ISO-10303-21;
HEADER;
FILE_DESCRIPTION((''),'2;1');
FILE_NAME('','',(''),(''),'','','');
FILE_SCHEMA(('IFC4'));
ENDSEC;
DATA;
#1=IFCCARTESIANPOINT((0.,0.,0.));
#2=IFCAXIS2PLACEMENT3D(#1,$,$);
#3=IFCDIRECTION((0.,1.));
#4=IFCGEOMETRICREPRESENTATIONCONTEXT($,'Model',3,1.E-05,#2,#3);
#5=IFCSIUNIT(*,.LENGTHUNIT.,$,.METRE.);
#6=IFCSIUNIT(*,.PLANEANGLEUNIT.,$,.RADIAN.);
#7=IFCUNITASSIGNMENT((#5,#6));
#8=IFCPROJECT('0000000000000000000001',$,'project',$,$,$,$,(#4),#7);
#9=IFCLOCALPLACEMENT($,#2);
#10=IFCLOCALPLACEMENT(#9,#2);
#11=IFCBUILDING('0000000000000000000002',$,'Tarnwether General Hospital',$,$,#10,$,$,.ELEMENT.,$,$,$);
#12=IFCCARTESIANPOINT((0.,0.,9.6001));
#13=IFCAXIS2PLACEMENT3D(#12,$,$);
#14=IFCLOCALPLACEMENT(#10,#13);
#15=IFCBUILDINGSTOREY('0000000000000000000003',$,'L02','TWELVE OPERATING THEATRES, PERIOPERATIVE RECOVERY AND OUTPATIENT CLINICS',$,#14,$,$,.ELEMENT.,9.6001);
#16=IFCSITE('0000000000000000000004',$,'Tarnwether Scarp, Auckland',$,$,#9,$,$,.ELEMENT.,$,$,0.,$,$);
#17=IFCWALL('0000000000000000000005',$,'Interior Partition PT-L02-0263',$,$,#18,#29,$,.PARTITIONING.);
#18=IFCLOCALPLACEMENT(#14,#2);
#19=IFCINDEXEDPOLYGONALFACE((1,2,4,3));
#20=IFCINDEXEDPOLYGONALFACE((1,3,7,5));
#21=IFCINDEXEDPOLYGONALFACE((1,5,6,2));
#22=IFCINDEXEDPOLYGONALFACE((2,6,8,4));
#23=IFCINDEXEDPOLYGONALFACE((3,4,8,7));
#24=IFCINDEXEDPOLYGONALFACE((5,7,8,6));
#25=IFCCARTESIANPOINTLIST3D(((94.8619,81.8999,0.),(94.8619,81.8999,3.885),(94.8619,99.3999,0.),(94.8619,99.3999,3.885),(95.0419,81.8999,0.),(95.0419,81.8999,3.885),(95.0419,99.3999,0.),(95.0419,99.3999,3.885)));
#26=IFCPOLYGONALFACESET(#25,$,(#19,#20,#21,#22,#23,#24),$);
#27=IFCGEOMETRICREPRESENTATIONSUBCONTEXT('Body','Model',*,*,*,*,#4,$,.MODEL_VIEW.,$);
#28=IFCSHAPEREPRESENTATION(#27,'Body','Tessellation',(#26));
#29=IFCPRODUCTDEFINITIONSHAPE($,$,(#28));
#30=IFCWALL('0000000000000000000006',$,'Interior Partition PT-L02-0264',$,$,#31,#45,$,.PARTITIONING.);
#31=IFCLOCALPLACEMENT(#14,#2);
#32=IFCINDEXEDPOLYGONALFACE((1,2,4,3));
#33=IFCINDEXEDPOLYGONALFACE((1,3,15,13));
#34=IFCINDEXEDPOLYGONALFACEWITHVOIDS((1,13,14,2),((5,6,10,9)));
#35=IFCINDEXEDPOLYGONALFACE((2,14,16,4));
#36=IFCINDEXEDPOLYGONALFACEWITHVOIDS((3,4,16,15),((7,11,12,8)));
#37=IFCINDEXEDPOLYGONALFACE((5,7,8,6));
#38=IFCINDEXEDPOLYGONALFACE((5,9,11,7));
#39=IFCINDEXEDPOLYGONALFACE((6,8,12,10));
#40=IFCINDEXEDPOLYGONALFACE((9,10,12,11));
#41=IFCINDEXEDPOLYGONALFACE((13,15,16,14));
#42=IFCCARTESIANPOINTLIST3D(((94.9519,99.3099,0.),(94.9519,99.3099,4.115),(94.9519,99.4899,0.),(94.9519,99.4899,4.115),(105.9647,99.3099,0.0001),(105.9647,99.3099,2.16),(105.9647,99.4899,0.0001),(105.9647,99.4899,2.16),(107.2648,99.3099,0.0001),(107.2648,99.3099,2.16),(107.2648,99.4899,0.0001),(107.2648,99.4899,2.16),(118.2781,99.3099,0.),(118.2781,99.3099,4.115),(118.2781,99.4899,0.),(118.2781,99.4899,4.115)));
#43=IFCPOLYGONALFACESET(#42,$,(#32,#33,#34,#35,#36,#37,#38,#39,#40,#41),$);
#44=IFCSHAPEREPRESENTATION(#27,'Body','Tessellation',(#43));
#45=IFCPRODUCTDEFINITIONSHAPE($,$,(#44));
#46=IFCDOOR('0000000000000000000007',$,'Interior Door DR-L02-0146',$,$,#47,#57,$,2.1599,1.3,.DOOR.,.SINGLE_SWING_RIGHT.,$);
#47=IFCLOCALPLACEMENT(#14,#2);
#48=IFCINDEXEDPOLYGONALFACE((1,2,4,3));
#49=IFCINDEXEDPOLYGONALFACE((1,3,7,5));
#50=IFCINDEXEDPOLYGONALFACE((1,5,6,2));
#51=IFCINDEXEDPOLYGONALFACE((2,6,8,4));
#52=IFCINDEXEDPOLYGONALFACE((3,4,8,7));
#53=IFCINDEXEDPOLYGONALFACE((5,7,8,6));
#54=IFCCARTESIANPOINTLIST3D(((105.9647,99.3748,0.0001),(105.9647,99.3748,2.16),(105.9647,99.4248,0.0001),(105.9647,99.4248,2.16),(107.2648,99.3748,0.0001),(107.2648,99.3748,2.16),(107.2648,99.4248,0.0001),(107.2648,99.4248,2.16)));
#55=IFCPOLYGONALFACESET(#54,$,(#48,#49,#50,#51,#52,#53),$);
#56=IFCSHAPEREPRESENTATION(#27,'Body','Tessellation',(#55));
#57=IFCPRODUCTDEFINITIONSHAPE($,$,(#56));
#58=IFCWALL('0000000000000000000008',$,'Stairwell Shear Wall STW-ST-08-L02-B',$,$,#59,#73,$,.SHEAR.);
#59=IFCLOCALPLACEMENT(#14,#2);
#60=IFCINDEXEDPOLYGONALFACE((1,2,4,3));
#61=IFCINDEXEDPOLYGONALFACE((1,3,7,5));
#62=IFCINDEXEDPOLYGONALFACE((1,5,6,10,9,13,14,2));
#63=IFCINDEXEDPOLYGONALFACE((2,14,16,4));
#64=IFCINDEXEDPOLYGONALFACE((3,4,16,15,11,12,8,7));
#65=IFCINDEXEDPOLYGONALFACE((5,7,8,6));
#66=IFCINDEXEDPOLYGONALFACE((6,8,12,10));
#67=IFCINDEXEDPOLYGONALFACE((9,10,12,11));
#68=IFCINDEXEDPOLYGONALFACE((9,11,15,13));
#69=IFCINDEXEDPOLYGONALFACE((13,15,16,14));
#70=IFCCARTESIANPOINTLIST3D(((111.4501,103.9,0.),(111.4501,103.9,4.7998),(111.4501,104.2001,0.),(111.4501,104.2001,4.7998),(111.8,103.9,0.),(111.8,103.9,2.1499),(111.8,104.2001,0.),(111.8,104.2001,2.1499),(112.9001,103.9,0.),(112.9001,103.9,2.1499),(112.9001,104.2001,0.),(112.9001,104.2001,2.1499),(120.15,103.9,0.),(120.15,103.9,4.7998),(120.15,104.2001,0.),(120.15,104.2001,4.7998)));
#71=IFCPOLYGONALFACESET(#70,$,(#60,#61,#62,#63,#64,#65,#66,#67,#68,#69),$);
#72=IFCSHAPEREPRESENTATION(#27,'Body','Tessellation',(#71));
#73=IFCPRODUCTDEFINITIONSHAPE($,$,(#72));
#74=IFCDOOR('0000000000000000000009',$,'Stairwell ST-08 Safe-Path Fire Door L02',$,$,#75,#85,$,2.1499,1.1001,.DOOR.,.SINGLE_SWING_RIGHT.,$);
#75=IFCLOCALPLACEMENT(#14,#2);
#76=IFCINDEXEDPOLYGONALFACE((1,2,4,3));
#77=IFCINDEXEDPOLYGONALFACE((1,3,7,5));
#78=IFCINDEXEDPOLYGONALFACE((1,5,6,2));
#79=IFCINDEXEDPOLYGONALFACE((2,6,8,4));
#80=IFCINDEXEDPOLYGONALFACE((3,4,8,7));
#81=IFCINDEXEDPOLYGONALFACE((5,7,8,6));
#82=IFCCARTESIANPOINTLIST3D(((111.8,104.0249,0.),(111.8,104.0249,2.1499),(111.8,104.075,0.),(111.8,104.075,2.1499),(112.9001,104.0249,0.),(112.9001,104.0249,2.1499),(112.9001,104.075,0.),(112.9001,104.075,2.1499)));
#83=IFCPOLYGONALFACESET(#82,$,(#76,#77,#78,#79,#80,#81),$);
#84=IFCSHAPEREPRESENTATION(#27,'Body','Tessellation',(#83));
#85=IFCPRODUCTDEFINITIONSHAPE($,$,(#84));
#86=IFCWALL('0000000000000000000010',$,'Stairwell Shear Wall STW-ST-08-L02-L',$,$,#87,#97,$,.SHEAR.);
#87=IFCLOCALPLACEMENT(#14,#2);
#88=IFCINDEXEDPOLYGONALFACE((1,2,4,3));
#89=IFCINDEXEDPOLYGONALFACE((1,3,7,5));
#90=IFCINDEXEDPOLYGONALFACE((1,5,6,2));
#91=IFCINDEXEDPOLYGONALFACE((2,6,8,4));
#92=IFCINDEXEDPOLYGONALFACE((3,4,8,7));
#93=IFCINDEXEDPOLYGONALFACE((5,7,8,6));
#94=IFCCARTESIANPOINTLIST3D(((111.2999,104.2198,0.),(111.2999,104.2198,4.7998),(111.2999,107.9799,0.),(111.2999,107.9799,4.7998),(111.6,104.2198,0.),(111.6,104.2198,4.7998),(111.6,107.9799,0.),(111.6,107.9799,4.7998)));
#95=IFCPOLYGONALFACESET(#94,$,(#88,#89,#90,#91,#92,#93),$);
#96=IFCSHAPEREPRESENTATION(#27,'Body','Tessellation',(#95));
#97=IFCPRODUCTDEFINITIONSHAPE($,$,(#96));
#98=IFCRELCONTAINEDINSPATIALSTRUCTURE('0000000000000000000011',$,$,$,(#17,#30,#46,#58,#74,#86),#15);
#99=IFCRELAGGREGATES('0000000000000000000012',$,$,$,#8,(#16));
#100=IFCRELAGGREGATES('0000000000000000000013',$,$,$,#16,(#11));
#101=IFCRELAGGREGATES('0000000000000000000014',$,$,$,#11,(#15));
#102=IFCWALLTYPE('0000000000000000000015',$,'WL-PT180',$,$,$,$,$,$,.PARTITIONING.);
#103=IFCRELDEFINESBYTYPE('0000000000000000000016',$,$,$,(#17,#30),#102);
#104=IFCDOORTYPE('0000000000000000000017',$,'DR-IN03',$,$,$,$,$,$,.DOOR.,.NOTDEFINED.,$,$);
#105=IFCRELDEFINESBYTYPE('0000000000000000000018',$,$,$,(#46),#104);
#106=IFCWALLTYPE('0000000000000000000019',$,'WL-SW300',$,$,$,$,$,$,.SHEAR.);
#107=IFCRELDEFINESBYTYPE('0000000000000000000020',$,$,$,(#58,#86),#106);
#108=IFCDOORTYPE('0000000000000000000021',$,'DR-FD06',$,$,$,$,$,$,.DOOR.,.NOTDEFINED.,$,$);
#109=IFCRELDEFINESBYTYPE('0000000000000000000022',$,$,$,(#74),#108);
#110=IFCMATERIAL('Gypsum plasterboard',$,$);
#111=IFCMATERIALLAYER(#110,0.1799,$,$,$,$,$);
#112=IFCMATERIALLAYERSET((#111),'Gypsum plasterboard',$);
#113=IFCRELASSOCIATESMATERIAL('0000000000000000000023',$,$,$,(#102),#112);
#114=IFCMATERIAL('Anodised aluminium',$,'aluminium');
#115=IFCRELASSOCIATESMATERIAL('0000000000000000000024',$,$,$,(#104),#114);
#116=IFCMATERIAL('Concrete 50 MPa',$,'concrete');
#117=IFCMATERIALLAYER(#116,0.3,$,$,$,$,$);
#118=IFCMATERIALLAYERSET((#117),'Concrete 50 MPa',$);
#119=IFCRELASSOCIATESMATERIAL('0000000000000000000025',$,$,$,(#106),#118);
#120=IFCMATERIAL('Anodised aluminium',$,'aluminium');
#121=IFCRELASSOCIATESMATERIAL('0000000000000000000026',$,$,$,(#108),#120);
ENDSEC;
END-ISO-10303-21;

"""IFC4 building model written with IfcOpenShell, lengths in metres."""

from ifc_helpers import new_model, si_unit, direction, frame, frame_2d, origin, place, context, subcontext, project, spatial, rectangle, extrude, material, layer, layer_set, type_object, element, fill, save


model = new_model("IFC4")

# Units and contexts
model_context = context("Model", 3, precision=1e-05, world=origin(), true_north=direction((0.0, 1.0)))
body_context = subcontext(model_context, "Body", "Model", "MODEL_VIEW")
ifc_project = project(units=[si_unit("LENGTHUNIT", "METRE"), si_unit("PLANEANGLEUNIT", "RADIAN")], contexts=[model_context])

# Site, building, storey
site_placement = place(None, origin())
site = spatial("IfcSite", under=ifc_project, at=site_placement, Name="Tarnwether Scarp, Auckland", CompositionType="ELEMENT", RefElevation=0.0)
building_placement = place(site_placement, origin())
building = spatial("IfcBuilding", under=site, at=building_placement, Name="Tarnwether General Hospital", CompositionType="ELEMENT")
storey_placement = place(building_placement, frame((0.0, 0.0, 9.6001)))
storey = spatial("IfcBuildingStorey", under=building, at=storey_placement, Name="L02", Description="TWELVE OPERATING THEATRES, PERIOPERATIVE RECOVERY AND OUTPATIENT CLINICS", CompositionType="ELEMENT", Elevation=9.6001)

# Wall
ifc_material_1 = material(Name="Gypsum plasterboard")
ifc_layer_1 = layer(ifc_material_1, 0.1799)
ifc_layer_set_1 = layer_set([ifc_layer_1], Name="Gypsum plasterboard")
wall_type_1 = type_object("IfcWallType", Name="WL-PT180", PredefinedType="PARTITIONING", material=ifc_layer_set_1)
wall_1_placement = place(storey_placement, frame((94.9519, 81.8999, 0.0), z_axis=(0.0, 0.0, 1.0), x_axis=(0.0, 1.0, 0.0)))
element("IfcWall", 1, at=wall_1_placement, inside=storey, type_object=wall_type_1, Name="Interior Partition PT-L02-0263", PredefinedType="PARTITIONING", context=body_context, shape_type="SweptSolid", body=[
    extrude(rectangle(XDim=17.5, YDim=0.1799, at=frame_2d((8.75, 0.0))), origin(), (0.0, 0.0, 1.0), 3.885),
])

# Walls, openings, doors
wall_2_placement = place(storey_placement, frame((94.9519, 99.3999, 0.0), z_axis=(0.0, 0.0, 1.0), x_axis=(1.0, 0.0, 0.0)))
wall_2 = element("IfcWall", 2, at=wall_2_placement, inside=storey, type_object=wall_type_1, Name="Interior Partition PT-L02-0264", PredefinedType="PARTITIONING", context=body_context, shape_type="SweptSolid", body=[
    extrude(rectangle(XDim=23.3262, YDim=0.1799, at=frame_2d((11.6631, 0.0))), origin(), (0.0, 0.0, 1.0), 4.115),
])
opening_1_placement = place(wall_2_placement, frame((11.0129, 0.0, 0.0)))
opening_1 = element("IfcOpeningElement", 3, at=opening_1_placement, cuts=wall_2, PredefinedType="OPENING", context=body_context, shape_type="SweptSolid", body=[
    extrude(rectangle(XDim=1.3, YDim=2.1599, at=frame_2d((0.6499, 1.0801))), frame((0.0, 0.1001, 0.0), z_axis=(0.0, -1.0, 0.0), x_axis=(1.0, 0.0, 0.0)), (0.0, 0.0, 1.0), 0.2),
])
ifc_material_2 = material(Name="Anodised aluminium", Category="aluminium")
door_type_1 = type_object("IfcDoorType", Name="DR-IN03", OperationType="NOTDEFINED", PredefinedType="DOOR", material=ifc_material_2)
door_1_placement = place(opening_1_placement, origin())
door_1 = element("IfcDoor", 4, at=door_1_placement, inside=storey, type_object=door_type_1, Name="Interior Door DR-L02-0146", OperationType="SINGLE_SWING_RIGHT", OverallHeight=2.1599, OverallWidth=1.3, PredefinedType="DOOR", context=body_context, shape_type="SweptSolid", body=[
    extrude(rectangle(XDim=1.3, YDim=2.1599, at=frame_2d((0.6499, 1.0801))), frame((0.0, 0.0249, 0.0), z_axis=(0.0, -1.0, 0.0), x_axis=(1.0, 0.0, 0.0)), (0.0, 0.0, 1.0), 0.05),
])
fill(opening_1, door_1)
ifc_material_3 = material(Name="Concrete 50 MPa", Category="concrete")
ifc_layer_2 = layer(ifc_material_3, 0.3)
ifc_layer_set_2 = layer_set([ifc_layer_2], Name="Concrete 50 MPa")
wall_type_2 = type_object("IfcWallType", Name="WL-SW300", PredefinedType="SHEAR", material=ifc_layer_set_2)
wall_3_placement = place(storey_placement, frame((111.45, 104.05, 0.0), z_axis=(0.0, 0.0, 1.0), x_axis=(1.0, 0.0, 0.0)))
wall_3 = element("IfcWall", 5, at=wall_3_placement, inside=storey, type_object=wall_type_2, Name="Stairwell Shear Wall STW-ST-08-L02-B", PredefinedType="SHEAR", context=body_context, shape_type="SweptSolid", body=[
    extrude(rectangle(XDim=8.7, YDim=0.3, at=frame_2d((4.3501, 0.0))), origin(), (0.0, 0.0, 1.0), 4.7998),
])
opening_2_placement = place(wall_3_placement, frame((0.3501, 0.0, 0.0)))
opening_2 = element("IfcOpeningElement", 6, at=opening_2_placement, cuts=wall_3, PredefinedType="OPENING", context=body_context, shape_type="SweptSolid", body=[
    extrude(rectangle(XDim=1.1001, YDim=2.1499, at=frame_2d((0.55, 1.075))), frame((0.0, 0.1602, 0.0), z_axis=(0.0, -1.0, 0.0), x_axis=(1.0, 0.0, 0.0)), (0.0, 0.0, 1.0), 0.3201),
])
ifc_material_4 = material(Name="Anodised aluminium", Category="aluminium")
door_type_2 = type_object("IfcDoorType", Name="DR-FD06", OperationType="NOTDEFINED", PredefinedType="DOOR", material=ifc_material_4)
door_2_placement = place(opening_2_placement, origin())
door_2 = element("IfcDoor", 7, at=door_2_placement, inside=storey, type_object=door_type_2, Name="Stairwell ST-08 Safe-Path Fire Door L02", OperationType="SINGLE_SWING_RIGHT", OverallHeight=2.1499, OverallWidth=1.1001, PredefinedType="DOOR", context=body_context, shape_type="SweptSolid", body=[
    extrude(rectangle(XDim=1.1001, YDim=2.1499, at=frame_2d((0.55, 1.075))), frame((0.0, 0.0249, 0.0), z_axis=(0.0, -1.0, 0.0), x_axis=(1.0, 0.0, 0.0)), (0.0, 0.0, 1.0), 0.05),
])
fill(opening_2, door_2)

# Wall
wall_4_placement = place(storey_placement, frame((111.45, 104.22, 0.0), z_axis=(0.0, 0.0, 1.0), x_axis=(0.0, 1.0, 0.0)))
element("IfcWall", 8, at=wall_4_placement, inside=storey, type_object=wall_type_2, Name="Stairwell Shear Wall STW-ST-08-L02-L", PredefinedType="SHEAR", context=body_context, shape_type="SweptSolid", body=[
    extrude(rectangle(XDim=3.76, YDim=0.3, at=frame_2d((1.8799, 0.0))), origin(), (0.0, 0.0, 1.0), 4.7998),
])

save(model, "model.ifc")
